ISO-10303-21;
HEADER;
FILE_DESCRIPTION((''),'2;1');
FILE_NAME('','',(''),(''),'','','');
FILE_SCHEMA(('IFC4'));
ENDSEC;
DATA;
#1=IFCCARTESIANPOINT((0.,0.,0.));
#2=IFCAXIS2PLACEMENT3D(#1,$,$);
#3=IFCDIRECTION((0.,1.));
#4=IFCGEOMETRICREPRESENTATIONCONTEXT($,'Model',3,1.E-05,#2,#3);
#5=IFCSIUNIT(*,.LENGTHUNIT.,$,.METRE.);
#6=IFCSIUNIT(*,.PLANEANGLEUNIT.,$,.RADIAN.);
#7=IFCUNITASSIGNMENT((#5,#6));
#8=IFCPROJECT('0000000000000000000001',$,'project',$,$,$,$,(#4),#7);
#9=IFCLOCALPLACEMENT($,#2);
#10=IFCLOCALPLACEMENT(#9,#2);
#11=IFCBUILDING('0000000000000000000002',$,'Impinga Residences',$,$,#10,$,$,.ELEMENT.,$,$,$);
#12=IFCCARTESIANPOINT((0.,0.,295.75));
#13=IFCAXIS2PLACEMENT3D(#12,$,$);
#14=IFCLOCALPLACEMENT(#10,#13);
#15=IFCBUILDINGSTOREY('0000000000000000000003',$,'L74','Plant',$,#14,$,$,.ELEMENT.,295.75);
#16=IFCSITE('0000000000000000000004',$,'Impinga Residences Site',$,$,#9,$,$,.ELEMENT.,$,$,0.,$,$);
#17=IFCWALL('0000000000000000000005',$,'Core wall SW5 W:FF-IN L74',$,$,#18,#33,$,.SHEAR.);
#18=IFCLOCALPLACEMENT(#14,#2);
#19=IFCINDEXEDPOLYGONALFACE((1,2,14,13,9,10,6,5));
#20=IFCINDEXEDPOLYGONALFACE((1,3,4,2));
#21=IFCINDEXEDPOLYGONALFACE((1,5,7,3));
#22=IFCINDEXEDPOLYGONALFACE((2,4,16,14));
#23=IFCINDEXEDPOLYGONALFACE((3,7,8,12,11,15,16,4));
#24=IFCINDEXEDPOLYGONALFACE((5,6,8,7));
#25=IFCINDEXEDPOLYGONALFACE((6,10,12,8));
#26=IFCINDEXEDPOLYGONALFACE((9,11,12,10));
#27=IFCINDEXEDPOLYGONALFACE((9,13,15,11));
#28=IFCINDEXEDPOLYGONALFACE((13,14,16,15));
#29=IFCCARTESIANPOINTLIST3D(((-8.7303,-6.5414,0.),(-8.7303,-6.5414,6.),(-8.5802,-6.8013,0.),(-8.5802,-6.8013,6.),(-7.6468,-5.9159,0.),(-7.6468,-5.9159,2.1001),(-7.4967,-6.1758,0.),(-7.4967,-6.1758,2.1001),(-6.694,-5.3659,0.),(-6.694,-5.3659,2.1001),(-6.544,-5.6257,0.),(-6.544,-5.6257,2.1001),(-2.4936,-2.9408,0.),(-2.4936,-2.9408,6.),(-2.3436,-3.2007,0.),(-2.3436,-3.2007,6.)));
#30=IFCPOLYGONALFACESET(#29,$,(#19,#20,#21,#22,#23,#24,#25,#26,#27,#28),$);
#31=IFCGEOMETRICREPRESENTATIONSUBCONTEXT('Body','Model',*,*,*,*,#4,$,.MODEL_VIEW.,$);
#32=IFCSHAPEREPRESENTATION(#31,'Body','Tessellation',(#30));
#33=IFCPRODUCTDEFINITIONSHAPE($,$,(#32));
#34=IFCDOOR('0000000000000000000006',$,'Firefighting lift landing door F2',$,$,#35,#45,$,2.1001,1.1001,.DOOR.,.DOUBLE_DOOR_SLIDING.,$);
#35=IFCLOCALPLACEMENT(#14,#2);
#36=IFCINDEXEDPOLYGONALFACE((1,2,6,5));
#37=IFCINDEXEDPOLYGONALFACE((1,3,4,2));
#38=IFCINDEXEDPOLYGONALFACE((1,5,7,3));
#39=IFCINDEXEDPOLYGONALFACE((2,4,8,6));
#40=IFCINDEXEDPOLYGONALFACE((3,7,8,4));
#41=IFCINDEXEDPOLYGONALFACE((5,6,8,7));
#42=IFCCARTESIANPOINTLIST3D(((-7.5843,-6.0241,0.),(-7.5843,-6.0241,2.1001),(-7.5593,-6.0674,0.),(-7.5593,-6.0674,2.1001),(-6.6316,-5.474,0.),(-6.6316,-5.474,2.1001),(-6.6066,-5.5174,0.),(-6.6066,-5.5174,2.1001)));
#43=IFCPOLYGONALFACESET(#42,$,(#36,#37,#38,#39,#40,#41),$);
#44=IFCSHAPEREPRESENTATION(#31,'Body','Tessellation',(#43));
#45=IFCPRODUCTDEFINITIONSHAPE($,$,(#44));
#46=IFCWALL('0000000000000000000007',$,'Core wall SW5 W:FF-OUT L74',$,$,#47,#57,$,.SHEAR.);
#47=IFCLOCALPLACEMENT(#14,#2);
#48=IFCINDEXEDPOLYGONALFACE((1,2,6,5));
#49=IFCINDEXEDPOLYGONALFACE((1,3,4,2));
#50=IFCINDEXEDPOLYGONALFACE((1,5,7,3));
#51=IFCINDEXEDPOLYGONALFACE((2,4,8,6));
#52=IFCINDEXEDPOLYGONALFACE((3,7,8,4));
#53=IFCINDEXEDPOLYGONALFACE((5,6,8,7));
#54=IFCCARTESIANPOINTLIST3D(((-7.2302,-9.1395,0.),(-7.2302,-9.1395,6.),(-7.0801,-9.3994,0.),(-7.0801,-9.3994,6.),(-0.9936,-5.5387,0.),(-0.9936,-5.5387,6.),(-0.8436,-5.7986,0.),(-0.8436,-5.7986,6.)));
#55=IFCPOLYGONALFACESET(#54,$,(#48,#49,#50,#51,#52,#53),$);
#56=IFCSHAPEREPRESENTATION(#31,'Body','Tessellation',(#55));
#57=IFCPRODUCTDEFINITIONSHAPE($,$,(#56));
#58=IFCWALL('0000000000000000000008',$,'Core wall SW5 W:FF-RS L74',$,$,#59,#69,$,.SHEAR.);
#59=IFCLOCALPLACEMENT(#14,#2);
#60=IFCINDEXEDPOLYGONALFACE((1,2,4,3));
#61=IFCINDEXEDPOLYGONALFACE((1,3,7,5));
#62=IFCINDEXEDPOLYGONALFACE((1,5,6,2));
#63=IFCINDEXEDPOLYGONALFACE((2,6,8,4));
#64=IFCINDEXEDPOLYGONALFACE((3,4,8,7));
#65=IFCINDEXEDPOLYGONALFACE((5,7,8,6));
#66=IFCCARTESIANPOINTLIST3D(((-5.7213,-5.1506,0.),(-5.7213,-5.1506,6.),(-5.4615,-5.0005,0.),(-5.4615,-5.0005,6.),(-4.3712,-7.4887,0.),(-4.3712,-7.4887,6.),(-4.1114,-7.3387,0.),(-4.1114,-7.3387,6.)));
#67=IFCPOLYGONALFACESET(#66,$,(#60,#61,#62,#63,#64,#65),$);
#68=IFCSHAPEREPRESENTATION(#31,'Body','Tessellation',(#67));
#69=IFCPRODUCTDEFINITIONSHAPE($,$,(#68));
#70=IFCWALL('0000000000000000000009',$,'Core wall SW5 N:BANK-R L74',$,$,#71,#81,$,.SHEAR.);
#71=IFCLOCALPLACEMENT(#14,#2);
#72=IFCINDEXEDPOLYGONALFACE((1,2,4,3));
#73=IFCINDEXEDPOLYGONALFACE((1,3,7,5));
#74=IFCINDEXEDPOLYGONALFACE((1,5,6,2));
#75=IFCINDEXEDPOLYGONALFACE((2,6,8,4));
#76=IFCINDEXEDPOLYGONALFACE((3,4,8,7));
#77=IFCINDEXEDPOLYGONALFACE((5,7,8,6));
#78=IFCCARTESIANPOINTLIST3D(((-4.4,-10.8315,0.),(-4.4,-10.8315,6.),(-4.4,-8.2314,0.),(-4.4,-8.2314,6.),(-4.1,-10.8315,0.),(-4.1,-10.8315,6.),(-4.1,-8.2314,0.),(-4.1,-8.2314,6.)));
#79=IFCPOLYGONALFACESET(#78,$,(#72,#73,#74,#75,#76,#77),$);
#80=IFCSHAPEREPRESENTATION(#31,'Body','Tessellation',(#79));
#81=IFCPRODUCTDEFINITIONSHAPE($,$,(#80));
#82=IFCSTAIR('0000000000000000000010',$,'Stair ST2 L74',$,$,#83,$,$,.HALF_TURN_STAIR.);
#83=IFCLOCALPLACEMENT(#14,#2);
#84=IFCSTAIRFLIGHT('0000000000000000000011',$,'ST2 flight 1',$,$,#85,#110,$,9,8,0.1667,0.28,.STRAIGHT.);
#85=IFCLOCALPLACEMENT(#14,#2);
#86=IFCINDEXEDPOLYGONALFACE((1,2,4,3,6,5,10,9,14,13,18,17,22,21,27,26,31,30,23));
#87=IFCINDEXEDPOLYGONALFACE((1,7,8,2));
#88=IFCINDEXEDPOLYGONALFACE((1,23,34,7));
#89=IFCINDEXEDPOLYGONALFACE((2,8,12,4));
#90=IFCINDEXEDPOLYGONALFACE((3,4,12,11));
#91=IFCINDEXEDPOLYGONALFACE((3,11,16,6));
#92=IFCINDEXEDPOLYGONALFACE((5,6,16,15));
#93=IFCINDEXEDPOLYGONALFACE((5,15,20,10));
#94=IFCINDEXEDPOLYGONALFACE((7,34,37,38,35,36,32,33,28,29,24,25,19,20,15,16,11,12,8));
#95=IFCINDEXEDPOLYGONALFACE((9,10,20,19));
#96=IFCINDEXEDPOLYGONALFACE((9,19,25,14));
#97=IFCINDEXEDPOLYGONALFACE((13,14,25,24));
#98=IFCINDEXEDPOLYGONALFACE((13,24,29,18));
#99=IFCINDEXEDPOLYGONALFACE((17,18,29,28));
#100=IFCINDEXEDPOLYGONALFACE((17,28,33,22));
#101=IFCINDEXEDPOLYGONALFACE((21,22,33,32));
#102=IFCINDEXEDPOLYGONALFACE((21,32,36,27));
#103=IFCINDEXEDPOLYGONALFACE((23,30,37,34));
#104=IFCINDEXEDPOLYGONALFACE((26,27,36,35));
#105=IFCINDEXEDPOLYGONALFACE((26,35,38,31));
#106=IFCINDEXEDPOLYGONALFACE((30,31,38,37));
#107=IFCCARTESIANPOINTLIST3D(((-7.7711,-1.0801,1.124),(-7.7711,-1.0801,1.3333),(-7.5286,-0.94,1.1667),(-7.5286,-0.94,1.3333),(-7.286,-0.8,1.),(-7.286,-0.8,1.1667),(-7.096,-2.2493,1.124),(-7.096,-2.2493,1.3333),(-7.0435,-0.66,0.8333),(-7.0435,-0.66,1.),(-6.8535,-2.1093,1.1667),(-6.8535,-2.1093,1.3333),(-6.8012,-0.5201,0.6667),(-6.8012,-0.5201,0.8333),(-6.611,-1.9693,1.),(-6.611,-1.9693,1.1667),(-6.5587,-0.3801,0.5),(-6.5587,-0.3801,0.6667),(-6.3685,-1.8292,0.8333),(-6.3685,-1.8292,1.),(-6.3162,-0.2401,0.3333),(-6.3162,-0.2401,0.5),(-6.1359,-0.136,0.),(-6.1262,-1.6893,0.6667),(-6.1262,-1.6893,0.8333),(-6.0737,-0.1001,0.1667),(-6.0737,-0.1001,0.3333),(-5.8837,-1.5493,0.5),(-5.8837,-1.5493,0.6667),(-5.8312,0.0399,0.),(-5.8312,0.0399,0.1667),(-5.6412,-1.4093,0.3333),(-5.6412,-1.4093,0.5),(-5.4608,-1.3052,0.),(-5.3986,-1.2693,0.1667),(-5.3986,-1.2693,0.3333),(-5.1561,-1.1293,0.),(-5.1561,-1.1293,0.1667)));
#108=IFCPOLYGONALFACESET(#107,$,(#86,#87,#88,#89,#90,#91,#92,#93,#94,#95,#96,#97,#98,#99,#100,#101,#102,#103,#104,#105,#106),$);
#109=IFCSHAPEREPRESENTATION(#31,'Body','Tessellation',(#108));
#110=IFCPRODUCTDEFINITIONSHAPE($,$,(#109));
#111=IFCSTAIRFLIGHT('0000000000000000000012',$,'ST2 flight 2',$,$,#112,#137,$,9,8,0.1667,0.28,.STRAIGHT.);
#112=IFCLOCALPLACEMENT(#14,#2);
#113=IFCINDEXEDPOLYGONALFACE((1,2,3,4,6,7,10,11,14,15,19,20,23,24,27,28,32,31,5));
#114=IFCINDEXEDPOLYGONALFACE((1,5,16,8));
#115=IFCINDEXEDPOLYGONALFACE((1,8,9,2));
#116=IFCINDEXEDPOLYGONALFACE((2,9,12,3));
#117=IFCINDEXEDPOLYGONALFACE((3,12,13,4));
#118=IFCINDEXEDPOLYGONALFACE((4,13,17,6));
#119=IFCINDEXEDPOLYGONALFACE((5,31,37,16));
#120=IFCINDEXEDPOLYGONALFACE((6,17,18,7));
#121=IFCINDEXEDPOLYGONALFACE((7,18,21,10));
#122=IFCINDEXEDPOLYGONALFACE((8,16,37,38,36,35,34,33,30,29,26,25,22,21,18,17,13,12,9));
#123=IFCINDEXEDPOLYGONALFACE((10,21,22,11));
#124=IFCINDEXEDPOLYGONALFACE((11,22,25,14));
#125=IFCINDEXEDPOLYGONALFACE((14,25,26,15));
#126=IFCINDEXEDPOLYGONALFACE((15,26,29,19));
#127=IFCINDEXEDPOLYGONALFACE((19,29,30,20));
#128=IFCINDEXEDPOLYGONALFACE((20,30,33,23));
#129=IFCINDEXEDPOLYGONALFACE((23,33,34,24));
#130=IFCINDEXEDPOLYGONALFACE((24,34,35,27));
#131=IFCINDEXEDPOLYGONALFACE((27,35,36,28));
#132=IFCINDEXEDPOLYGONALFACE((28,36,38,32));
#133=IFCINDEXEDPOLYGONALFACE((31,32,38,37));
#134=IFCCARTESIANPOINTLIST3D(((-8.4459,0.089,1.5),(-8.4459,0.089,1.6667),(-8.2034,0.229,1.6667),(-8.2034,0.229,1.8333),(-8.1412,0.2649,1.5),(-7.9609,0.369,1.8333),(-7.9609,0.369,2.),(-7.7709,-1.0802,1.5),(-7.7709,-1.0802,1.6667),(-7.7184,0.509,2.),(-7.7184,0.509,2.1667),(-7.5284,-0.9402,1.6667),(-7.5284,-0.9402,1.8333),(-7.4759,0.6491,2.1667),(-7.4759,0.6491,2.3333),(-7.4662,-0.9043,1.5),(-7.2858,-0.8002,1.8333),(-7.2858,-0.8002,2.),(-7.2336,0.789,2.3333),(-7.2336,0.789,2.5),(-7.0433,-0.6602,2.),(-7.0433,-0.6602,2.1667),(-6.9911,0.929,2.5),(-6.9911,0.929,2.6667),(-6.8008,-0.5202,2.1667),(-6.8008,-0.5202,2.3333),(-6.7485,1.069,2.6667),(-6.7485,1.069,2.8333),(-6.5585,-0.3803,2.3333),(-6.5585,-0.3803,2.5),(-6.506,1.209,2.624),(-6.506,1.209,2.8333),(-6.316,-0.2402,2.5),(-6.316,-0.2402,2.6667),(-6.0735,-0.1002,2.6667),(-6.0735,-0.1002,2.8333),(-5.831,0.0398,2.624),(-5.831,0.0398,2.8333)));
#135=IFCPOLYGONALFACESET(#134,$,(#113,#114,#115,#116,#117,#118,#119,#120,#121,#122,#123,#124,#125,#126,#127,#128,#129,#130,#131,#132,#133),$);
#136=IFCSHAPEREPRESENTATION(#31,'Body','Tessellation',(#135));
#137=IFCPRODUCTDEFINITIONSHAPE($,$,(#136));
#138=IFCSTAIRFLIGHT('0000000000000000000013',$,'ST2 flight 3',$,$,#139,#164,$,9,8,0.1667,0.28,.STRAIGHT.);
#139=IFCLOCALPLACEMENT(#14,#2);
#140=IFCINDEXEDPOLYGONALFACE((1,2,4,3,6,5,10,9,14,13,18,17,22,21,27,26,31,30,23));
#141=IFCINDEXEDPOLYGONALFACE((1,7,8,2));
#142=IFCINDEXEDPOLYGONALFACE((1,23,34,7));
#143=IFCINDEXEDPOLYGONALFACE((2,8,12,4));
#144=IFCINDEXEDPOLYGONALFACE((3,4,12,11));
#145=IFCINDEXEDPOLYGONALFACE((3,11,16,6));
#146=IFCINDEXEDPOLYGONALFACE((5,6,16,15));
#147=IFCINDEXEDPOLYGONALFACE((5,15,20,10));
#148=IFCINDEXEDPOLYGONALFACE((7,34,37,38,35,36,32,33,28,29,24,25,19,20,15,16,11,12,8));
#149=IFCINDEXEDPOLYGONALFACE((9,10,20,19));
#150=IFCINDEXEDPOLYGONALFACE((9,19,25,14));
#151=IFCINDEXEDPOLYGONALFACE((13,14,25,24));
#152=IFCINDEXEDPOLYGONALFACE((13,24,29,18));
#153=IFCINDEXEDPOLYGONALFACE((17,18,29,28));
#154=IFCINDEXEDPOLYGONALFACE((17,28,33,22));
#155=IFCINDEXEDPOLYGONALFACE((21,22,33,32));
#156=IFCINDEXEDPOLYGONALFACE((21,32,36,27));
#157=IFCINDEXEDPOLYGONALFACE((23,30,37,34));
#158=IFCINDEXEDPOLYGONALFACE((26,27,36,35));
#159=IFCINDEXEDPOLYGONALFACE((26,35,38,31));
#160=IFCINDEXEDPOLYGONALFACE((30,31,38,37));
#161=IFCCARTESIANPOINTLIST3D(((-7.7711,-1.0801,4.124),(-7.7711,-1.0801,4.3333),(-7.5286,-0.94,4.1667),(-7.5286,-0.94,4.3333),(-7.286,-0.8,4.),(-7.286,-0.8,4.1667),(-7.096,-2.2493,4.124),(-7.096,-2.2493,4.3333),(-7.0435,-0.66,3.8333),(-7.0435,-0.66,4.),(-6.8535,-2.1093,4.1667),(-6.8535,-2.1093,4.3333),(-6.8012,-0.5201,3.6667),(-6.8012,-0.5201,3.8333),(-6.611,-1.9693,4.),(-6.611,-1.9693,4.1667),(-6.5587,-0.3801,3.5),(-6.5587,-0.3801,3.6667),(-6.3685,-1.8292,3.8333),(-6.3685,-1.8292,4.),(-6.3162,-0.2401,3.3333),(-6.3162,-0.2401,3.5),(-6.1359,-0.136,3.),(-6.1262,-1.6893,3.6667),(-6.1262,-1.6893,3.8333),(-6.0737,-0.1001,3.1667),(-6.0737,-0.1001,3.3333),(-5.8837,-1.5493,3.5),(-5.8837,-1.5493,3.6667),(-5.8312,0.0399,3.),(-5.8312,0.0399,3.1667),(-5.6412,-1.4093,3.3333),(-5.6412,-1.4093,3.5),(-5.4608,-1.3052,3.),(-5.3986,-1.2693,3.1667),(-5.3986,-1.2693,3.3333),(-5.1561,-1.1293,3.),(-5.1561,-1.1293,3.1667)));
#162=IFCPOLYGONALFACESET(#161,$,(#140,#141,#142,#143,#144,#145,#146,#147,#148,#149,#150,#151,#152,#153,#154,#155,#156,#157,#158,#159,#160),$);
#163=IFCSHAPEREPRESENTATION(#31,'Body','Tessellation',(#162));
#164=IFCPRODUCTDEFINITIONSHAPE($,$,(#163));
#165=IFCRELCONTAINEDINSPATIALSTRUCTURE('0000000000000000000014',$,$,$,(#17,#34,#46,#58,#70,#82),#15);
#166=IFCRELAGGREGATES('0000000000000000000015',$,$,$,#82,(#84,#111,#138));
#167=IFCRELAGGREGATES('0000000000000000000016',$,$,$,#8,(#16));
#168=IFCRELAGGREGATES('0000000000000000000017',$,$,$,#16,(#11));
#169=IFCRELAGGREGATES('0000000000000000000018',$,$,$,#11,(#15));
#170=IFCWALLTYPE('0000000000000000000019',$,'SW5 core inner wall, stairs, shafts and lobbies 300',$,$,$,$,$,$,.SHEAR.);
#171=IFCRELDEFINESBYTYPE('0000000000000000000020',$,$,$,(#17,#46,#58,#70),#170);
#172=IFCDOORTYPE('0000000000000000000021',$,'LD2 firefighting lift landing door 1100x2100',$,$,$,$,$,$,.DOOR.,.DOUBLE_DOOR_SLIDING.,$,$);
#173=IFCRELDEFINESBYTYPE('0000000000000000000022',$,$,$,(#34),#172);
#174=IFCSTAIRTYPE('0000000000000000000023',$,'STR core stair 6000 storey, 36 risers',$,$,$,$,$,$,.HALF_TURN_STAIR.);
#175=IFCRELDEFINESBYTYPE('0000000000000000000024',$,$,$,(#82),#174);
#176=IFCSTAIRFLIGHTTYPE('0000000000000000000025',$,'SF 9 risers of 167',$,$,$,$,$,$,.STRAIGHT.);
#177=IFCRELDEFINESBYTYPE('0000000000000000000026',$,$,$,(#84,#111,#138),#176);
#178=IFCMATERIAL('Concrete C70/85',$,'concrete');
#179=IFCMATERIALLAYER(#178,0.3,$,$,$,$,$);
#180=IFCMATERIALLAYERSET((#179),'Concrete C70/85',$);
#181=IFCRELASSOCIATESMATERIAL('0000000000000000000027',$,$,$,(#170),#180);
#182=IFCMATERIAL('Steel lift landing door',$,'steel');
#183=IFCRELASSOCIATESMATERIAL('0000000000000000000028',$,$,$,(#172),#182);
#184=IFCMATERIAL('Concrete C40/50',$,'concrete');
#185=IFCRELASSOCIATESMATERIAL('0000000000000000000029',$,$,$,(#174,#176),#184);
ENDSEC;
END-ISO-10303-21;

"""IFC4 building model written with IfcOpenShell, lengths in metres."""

from ifc_helpers import new_model, si_unit, direction, frame, frame_2d, origin, place, context, subcontext, project, spatial, polyline, rectangle, outline, extrude, material, layer, layer_set, type_object, element, fill, aggregate, save


model = new_model("IFC4")

# Units and contexts
model_context = context("Model", 3, precision=1e-05, world=origin(), true_north=direction((0.0, 1.0)))
body_context = subcontext(model_context, "Body", "Model", "MODEL_VIEW")
ifc_project = project(units=[si_unit("LENGTHUNIT", "METRE"), si_unit("PLANEANGLEUNIT", "RADIAN")], contexts=[model_context])

# Site, building, storey
site_placement = place(None, origin())
site = spatial("IfcSite", under=ifc_project, at=site_placement, Name="Impinga Residences Site", CompositionType="ELEMENT", RefElevation=0.0)
building_placement = place(site_placement, origin())
building = spatial("IfcBuilding", under=site, at=building_placement, Name="Impinga Residences", CompositionType="ELEMENT")
storey_placement = place(building_placement, frame((0.0, 0.0, 295.75)))
storey = spatial("IfcBuildingStorey", under=building, at=storey_placement, Name="L74", Description="Plant", CompositionType="ELEMENT", Elevation=295.75)

# Shared definitions
ifc_material_1 = material(Name="Concrete C70/85", Category="concrete")
ifc_layer_1 = layer(ifc_material_1, 0.3)
ifc_layer_set_1 = layer_set([ifc_layer_1], Name="Concrete C70/85")
wall_type = type_object("IfcWallType", Name="SW5 core inner wall, stairs, shafts and lobbies 300", PredefinedType="SHEAR", material=ifc_layer_set_1)

# Wall, opening, door
wall_1_placement = place(storey_placement, frame((-2.4187, -3.0708, 0.0), z_axis=(0.0, 0.0, 1.0), x_axis=(-0.866031, -0.49999, 0.0)))
wall_1 = element("IfcWall", 1, at=wall_1_placement, inside=storey, type_object=wall_type, Name="Core wall SW5 W:FF-IN L74", PredefinedType="SHEAR", context=body_context, shape_type="SweptSolid", body=[
    extrude(rectangle(XDim=7.2014, YDim=0.3, at=frame_2d((3.6006, 0.0))), origin(), (0.0, 0.0, 1.0), 6.0),
])
opening_1_placement = place(wall_1_placement, frame((4.8501, 0.0, 0.0)))
opening_1 = element("IfcOpeningElement", 2, at=opening_1_placement, cuts=wall_1, PredefinedType="OPENING", context=body_context, shape_type="SweptSolid", body=[
    extrude(rectangle(XDim=1.1001, YDim=2.1001, at=frame_2d((0.55, 1.05))), frame((0.0, 0.1599, 0.0), z_axis=(0.0, -1.0, 0.0), x_axis=(1.0, 0.0, 0.0)), (0.0, 0.0, 1.0), 0.3201),
])
ifc_material_2 = material(Name="Steel lift landing door", Category="steel")
door_type_1 = type_object("IfcDoorType", Name="LD2 firefighting lift landing door 1100x2100", OperationType="DOUBLE_DOOR_SLIDING", PredefinedType="DOOR", material=ifc_material_2)
door_1_placement = place(opening_1_placement, origin())
door_1 = element("IfcDoor", 3, at=door_1_placement, inside=storey, type_object=door_type_1, Name="Firefighting lift landing door F2", OperationType="DOUBLE_DOOR_SLIDING", OverallHeight=2.1001, OverallWidth=1.1001, PredefinedType="DOOR", context=body_context, shape_type="SweptSolid", body=[
    extrude(rectangle(XDim=1.1001, YDim=2.1001, at=frame_2d((0.55, 1.05))), frame((0.0, 0.0249, 0.0), z_axis=(0.0, -1.0, 0.0), x_axis=(1.0, 0.0, 0.0)), (0.0, 0.0, 1.0), 0.05),
])
fill(opening_1, door_1)

# Walls
wall_2_placement = place(storey_placement, frame((-0.9187, -5.6687, 0.0), z_axis=(0.0, 0.0, 1.0), x_axis=(-0.866017, -0.500015, 0.0)))
element("IfcWall", 4, at=wall_2_placement, inside=storey, type_object=wall_type, Name="Core wall SW5 W:FF-OUT L74", PredefinedType="SHEAR", context=body_context, shape_type="SweptSolid", body=[
    extrude(rectangle(XDim=7.2014, YDim=0.3, at=frame_2d((3.6006, 0.0))), origin(), (0.0, 0.0, 1.0), 6.0),
])
wall_3_placement = place(storey_placement, frame((-4.2412, -7.4138, 0.0), z_axis=(0.0, 0.0, 1.0), x_axis=(-0.500049, 0.865997, 0.0)))
element("IfcWall", 5, at=wall_3_placement, inside=storey, type_object=wall_type, Name="Core wall SW5 W:FF-RS L74", PredefinedType="SHEAR", context=body_context, shape_type="SweptSolid", body=[
    extrude(rectangle(XDim=2.7, YDim=0.3, at=frame_2d((1.3501, 0.0))), origin(), (0.0, 0.0, 1.0), 6.0),
])
wall_4_placement = place(storey_placement, frame((-4.25, -8.2314, 0.0), z_axis=(0.0, 0.0, 1.0), x_axis=(0.0, -1.0, 0.0)))
element("IfcWall", 6, at=wall_4_placement, inside=storey, type_object=wall_type, Name="Core wall SW5 N:BANK-R L74", PredefinedType="SHEAR", context=body_context, shape_type="SweptSolid", body=[
    extrude(rectangle(XDim=2.6001, YDim=0.3, at=frame_2d((1.3, 0.0))), origin(), (0.0, 0.0, 1.0), 6.0),
])

# Stair, stair flights
ifc_material_3 = material(Name="Concrete C40/50", Category="concrete")
stair_type = type_object("IfcStairType", Name="STR core stair 6000 storey, 36 risers", PredefinedType="HALF_TURN_STAIR", material=ifc_material_3)
stair_placement = place(storey_placement, origin())
stair = element("IfcStair", 7, at=stair_placement, inside=storey, type_object=stair_type, Name="Stair ST2 L74", PredefinedType="HALF_TURN_STAIR")
stair_flight_type = type_object("IfcStairFlightType", Name="SF 9 risers of 167", PredefinedType="STRAIGHT", material=ifc_material_3)
stair_flight_1_placement = place(storey_placement, frame((-5.4937, -0.5447, 0.0), z_axis=(0.0, 0.0, 1.0), x_axis=(-0.866025, -0.5, 0.0)))
stair_flight_1 = element("IfcStairFlight", 8, at=stair_flight_1_placement, type_object=stair_flight_type, Name="ST2 flight 1", NumberOfRisers=9, NumberOfTreads=8, PredefinedType="STRAIGHT", RiserHeight=0.1667, TreadLength=0.28, context=body_context, shape_type="SweptSolid", body=[
    extrude(outline(polyline([(0.0, 0.0), (0.0, 0.1667), (0.28, 0.1667), (0.28, 0.3333), (0.5601, 0.3333), (0.5601, 0.5), (0.8401, 0.5), (0.8401, 0.6667), (1.1201, 0.6667), (1.1201, 0.8333), (1.3999, 0.8333), (1.3999, 1.0), (1.6799, 1.0), (1.6799, 1.1667), (1.96, 1.1667), (1.96, 1.3333), (2.24, 1.3333), (2.24, 1.5), (2.24, 1.124), (0.3518, 0.0), (0.0, 0.0)])), frame((0.0, 0.675, 0.0), z_axis=(0.0, -1.0, 0.0), x_axis=(1.0, 0.0, 0.0)), (0.0, 0.0, 1.0), 1.3501),
])
stair_flight_2_placement = place(storey_placement, frame((-8.1084, -0.4956, 1.5), z_axis=(0.0, 0.0, 1.0), x_axis=(0.866025, 0.5, 0.0)))
stair_flight_2 = element("IfcStairFlight", 9, at=stair_flight_2_placement, type_object=stair_flight_type, Name="ST2 flight 2", NumberOfRisers=9, NumberOfTreads=8, PredefinedType="STRAIGHT", RiserHeight=0.1667, TreadLength=0.28, context=body_context, shape_type="SweptSolid", body=[
    extrude(outline(polyline([(0.0, 0.0), (0.0, 0.1667), (0.28, 0.1667), (0.28, 0.3333), (0.5601, 0.3333), (0.5601, 0.5), (0.8401, 0.5), (0.8401, 0.6667), (1.1201, 0.6667), (1.1201, 0.8333), (1.3999, 0.8333), (1.3999, 1.0), (1.6799, 1.0), (1.6799, 1.1667), (1.96, 1.1667), (1.96, 1.3333), (2.24, 1.3333), (2.24, 1.5), (2.24, 1.124), (0.3518, 0.0), (0.0, 0.0)])), frame((0.0, 0.675, 0.0), z_axis=(0.0, -1.0, 0.0), x_axis=(1.0, 0.0, 0.0)), (0.0, 0.0, 1.0), 1.3501),
])
stair_flight_3_placement = place(storey_placement, frame((-5.4937, -0.5447, 3.0), z_axis=(0.0, 0.0, 1.0), x_axis=(-0.866025, -0.5, 0.0)))
stair_flight_3 = element("IfcStairFlight", 10, at=stair_flight_3_placement, type_object=stair_flight_type, Name="ST2 flight 3", NumberOfRisers=9, NumberOfTreads=8, PredefinedType="STRAIGHT", RiserHeight=0.1667, TreadLength=0.28, context=body_context, shape_type="SweptSolid", body=[
    extrude(outline(polyline([(0.0, 0.0), (0.0, 0.1667), (0.28, 0.1667), (0.28, 0.3333), (0.5601, 0.3333), (0.5601, 0.5), (0.8401, 0.5), (0.8401, 0.6667), (1.1201, 0.6667), (1.1201, 0.8333), (1.3999, 0.8333), (1.3999, 1.0), (1.6799, 1.0), (1.6799, 1.1667), (1.96, 1.1667), (1.96, 1.3333), (2.24, 1.3333), (2.24, 1.5), (2.24, 1.124), (0.3518, 0.0), (0.0, 0.0)])), frame((0.0, 0.675, 0.0), z_axis=(0.0, -1.0, 0.0), x_axis=(1.0, 0.0, 0.0)), (0.0, 0.0, 1.0), 1.3501),
])
aggregate(stair, [stair_flight_1, stair_flight_2, stair_flight_3])

save(model, "model.ifc")
